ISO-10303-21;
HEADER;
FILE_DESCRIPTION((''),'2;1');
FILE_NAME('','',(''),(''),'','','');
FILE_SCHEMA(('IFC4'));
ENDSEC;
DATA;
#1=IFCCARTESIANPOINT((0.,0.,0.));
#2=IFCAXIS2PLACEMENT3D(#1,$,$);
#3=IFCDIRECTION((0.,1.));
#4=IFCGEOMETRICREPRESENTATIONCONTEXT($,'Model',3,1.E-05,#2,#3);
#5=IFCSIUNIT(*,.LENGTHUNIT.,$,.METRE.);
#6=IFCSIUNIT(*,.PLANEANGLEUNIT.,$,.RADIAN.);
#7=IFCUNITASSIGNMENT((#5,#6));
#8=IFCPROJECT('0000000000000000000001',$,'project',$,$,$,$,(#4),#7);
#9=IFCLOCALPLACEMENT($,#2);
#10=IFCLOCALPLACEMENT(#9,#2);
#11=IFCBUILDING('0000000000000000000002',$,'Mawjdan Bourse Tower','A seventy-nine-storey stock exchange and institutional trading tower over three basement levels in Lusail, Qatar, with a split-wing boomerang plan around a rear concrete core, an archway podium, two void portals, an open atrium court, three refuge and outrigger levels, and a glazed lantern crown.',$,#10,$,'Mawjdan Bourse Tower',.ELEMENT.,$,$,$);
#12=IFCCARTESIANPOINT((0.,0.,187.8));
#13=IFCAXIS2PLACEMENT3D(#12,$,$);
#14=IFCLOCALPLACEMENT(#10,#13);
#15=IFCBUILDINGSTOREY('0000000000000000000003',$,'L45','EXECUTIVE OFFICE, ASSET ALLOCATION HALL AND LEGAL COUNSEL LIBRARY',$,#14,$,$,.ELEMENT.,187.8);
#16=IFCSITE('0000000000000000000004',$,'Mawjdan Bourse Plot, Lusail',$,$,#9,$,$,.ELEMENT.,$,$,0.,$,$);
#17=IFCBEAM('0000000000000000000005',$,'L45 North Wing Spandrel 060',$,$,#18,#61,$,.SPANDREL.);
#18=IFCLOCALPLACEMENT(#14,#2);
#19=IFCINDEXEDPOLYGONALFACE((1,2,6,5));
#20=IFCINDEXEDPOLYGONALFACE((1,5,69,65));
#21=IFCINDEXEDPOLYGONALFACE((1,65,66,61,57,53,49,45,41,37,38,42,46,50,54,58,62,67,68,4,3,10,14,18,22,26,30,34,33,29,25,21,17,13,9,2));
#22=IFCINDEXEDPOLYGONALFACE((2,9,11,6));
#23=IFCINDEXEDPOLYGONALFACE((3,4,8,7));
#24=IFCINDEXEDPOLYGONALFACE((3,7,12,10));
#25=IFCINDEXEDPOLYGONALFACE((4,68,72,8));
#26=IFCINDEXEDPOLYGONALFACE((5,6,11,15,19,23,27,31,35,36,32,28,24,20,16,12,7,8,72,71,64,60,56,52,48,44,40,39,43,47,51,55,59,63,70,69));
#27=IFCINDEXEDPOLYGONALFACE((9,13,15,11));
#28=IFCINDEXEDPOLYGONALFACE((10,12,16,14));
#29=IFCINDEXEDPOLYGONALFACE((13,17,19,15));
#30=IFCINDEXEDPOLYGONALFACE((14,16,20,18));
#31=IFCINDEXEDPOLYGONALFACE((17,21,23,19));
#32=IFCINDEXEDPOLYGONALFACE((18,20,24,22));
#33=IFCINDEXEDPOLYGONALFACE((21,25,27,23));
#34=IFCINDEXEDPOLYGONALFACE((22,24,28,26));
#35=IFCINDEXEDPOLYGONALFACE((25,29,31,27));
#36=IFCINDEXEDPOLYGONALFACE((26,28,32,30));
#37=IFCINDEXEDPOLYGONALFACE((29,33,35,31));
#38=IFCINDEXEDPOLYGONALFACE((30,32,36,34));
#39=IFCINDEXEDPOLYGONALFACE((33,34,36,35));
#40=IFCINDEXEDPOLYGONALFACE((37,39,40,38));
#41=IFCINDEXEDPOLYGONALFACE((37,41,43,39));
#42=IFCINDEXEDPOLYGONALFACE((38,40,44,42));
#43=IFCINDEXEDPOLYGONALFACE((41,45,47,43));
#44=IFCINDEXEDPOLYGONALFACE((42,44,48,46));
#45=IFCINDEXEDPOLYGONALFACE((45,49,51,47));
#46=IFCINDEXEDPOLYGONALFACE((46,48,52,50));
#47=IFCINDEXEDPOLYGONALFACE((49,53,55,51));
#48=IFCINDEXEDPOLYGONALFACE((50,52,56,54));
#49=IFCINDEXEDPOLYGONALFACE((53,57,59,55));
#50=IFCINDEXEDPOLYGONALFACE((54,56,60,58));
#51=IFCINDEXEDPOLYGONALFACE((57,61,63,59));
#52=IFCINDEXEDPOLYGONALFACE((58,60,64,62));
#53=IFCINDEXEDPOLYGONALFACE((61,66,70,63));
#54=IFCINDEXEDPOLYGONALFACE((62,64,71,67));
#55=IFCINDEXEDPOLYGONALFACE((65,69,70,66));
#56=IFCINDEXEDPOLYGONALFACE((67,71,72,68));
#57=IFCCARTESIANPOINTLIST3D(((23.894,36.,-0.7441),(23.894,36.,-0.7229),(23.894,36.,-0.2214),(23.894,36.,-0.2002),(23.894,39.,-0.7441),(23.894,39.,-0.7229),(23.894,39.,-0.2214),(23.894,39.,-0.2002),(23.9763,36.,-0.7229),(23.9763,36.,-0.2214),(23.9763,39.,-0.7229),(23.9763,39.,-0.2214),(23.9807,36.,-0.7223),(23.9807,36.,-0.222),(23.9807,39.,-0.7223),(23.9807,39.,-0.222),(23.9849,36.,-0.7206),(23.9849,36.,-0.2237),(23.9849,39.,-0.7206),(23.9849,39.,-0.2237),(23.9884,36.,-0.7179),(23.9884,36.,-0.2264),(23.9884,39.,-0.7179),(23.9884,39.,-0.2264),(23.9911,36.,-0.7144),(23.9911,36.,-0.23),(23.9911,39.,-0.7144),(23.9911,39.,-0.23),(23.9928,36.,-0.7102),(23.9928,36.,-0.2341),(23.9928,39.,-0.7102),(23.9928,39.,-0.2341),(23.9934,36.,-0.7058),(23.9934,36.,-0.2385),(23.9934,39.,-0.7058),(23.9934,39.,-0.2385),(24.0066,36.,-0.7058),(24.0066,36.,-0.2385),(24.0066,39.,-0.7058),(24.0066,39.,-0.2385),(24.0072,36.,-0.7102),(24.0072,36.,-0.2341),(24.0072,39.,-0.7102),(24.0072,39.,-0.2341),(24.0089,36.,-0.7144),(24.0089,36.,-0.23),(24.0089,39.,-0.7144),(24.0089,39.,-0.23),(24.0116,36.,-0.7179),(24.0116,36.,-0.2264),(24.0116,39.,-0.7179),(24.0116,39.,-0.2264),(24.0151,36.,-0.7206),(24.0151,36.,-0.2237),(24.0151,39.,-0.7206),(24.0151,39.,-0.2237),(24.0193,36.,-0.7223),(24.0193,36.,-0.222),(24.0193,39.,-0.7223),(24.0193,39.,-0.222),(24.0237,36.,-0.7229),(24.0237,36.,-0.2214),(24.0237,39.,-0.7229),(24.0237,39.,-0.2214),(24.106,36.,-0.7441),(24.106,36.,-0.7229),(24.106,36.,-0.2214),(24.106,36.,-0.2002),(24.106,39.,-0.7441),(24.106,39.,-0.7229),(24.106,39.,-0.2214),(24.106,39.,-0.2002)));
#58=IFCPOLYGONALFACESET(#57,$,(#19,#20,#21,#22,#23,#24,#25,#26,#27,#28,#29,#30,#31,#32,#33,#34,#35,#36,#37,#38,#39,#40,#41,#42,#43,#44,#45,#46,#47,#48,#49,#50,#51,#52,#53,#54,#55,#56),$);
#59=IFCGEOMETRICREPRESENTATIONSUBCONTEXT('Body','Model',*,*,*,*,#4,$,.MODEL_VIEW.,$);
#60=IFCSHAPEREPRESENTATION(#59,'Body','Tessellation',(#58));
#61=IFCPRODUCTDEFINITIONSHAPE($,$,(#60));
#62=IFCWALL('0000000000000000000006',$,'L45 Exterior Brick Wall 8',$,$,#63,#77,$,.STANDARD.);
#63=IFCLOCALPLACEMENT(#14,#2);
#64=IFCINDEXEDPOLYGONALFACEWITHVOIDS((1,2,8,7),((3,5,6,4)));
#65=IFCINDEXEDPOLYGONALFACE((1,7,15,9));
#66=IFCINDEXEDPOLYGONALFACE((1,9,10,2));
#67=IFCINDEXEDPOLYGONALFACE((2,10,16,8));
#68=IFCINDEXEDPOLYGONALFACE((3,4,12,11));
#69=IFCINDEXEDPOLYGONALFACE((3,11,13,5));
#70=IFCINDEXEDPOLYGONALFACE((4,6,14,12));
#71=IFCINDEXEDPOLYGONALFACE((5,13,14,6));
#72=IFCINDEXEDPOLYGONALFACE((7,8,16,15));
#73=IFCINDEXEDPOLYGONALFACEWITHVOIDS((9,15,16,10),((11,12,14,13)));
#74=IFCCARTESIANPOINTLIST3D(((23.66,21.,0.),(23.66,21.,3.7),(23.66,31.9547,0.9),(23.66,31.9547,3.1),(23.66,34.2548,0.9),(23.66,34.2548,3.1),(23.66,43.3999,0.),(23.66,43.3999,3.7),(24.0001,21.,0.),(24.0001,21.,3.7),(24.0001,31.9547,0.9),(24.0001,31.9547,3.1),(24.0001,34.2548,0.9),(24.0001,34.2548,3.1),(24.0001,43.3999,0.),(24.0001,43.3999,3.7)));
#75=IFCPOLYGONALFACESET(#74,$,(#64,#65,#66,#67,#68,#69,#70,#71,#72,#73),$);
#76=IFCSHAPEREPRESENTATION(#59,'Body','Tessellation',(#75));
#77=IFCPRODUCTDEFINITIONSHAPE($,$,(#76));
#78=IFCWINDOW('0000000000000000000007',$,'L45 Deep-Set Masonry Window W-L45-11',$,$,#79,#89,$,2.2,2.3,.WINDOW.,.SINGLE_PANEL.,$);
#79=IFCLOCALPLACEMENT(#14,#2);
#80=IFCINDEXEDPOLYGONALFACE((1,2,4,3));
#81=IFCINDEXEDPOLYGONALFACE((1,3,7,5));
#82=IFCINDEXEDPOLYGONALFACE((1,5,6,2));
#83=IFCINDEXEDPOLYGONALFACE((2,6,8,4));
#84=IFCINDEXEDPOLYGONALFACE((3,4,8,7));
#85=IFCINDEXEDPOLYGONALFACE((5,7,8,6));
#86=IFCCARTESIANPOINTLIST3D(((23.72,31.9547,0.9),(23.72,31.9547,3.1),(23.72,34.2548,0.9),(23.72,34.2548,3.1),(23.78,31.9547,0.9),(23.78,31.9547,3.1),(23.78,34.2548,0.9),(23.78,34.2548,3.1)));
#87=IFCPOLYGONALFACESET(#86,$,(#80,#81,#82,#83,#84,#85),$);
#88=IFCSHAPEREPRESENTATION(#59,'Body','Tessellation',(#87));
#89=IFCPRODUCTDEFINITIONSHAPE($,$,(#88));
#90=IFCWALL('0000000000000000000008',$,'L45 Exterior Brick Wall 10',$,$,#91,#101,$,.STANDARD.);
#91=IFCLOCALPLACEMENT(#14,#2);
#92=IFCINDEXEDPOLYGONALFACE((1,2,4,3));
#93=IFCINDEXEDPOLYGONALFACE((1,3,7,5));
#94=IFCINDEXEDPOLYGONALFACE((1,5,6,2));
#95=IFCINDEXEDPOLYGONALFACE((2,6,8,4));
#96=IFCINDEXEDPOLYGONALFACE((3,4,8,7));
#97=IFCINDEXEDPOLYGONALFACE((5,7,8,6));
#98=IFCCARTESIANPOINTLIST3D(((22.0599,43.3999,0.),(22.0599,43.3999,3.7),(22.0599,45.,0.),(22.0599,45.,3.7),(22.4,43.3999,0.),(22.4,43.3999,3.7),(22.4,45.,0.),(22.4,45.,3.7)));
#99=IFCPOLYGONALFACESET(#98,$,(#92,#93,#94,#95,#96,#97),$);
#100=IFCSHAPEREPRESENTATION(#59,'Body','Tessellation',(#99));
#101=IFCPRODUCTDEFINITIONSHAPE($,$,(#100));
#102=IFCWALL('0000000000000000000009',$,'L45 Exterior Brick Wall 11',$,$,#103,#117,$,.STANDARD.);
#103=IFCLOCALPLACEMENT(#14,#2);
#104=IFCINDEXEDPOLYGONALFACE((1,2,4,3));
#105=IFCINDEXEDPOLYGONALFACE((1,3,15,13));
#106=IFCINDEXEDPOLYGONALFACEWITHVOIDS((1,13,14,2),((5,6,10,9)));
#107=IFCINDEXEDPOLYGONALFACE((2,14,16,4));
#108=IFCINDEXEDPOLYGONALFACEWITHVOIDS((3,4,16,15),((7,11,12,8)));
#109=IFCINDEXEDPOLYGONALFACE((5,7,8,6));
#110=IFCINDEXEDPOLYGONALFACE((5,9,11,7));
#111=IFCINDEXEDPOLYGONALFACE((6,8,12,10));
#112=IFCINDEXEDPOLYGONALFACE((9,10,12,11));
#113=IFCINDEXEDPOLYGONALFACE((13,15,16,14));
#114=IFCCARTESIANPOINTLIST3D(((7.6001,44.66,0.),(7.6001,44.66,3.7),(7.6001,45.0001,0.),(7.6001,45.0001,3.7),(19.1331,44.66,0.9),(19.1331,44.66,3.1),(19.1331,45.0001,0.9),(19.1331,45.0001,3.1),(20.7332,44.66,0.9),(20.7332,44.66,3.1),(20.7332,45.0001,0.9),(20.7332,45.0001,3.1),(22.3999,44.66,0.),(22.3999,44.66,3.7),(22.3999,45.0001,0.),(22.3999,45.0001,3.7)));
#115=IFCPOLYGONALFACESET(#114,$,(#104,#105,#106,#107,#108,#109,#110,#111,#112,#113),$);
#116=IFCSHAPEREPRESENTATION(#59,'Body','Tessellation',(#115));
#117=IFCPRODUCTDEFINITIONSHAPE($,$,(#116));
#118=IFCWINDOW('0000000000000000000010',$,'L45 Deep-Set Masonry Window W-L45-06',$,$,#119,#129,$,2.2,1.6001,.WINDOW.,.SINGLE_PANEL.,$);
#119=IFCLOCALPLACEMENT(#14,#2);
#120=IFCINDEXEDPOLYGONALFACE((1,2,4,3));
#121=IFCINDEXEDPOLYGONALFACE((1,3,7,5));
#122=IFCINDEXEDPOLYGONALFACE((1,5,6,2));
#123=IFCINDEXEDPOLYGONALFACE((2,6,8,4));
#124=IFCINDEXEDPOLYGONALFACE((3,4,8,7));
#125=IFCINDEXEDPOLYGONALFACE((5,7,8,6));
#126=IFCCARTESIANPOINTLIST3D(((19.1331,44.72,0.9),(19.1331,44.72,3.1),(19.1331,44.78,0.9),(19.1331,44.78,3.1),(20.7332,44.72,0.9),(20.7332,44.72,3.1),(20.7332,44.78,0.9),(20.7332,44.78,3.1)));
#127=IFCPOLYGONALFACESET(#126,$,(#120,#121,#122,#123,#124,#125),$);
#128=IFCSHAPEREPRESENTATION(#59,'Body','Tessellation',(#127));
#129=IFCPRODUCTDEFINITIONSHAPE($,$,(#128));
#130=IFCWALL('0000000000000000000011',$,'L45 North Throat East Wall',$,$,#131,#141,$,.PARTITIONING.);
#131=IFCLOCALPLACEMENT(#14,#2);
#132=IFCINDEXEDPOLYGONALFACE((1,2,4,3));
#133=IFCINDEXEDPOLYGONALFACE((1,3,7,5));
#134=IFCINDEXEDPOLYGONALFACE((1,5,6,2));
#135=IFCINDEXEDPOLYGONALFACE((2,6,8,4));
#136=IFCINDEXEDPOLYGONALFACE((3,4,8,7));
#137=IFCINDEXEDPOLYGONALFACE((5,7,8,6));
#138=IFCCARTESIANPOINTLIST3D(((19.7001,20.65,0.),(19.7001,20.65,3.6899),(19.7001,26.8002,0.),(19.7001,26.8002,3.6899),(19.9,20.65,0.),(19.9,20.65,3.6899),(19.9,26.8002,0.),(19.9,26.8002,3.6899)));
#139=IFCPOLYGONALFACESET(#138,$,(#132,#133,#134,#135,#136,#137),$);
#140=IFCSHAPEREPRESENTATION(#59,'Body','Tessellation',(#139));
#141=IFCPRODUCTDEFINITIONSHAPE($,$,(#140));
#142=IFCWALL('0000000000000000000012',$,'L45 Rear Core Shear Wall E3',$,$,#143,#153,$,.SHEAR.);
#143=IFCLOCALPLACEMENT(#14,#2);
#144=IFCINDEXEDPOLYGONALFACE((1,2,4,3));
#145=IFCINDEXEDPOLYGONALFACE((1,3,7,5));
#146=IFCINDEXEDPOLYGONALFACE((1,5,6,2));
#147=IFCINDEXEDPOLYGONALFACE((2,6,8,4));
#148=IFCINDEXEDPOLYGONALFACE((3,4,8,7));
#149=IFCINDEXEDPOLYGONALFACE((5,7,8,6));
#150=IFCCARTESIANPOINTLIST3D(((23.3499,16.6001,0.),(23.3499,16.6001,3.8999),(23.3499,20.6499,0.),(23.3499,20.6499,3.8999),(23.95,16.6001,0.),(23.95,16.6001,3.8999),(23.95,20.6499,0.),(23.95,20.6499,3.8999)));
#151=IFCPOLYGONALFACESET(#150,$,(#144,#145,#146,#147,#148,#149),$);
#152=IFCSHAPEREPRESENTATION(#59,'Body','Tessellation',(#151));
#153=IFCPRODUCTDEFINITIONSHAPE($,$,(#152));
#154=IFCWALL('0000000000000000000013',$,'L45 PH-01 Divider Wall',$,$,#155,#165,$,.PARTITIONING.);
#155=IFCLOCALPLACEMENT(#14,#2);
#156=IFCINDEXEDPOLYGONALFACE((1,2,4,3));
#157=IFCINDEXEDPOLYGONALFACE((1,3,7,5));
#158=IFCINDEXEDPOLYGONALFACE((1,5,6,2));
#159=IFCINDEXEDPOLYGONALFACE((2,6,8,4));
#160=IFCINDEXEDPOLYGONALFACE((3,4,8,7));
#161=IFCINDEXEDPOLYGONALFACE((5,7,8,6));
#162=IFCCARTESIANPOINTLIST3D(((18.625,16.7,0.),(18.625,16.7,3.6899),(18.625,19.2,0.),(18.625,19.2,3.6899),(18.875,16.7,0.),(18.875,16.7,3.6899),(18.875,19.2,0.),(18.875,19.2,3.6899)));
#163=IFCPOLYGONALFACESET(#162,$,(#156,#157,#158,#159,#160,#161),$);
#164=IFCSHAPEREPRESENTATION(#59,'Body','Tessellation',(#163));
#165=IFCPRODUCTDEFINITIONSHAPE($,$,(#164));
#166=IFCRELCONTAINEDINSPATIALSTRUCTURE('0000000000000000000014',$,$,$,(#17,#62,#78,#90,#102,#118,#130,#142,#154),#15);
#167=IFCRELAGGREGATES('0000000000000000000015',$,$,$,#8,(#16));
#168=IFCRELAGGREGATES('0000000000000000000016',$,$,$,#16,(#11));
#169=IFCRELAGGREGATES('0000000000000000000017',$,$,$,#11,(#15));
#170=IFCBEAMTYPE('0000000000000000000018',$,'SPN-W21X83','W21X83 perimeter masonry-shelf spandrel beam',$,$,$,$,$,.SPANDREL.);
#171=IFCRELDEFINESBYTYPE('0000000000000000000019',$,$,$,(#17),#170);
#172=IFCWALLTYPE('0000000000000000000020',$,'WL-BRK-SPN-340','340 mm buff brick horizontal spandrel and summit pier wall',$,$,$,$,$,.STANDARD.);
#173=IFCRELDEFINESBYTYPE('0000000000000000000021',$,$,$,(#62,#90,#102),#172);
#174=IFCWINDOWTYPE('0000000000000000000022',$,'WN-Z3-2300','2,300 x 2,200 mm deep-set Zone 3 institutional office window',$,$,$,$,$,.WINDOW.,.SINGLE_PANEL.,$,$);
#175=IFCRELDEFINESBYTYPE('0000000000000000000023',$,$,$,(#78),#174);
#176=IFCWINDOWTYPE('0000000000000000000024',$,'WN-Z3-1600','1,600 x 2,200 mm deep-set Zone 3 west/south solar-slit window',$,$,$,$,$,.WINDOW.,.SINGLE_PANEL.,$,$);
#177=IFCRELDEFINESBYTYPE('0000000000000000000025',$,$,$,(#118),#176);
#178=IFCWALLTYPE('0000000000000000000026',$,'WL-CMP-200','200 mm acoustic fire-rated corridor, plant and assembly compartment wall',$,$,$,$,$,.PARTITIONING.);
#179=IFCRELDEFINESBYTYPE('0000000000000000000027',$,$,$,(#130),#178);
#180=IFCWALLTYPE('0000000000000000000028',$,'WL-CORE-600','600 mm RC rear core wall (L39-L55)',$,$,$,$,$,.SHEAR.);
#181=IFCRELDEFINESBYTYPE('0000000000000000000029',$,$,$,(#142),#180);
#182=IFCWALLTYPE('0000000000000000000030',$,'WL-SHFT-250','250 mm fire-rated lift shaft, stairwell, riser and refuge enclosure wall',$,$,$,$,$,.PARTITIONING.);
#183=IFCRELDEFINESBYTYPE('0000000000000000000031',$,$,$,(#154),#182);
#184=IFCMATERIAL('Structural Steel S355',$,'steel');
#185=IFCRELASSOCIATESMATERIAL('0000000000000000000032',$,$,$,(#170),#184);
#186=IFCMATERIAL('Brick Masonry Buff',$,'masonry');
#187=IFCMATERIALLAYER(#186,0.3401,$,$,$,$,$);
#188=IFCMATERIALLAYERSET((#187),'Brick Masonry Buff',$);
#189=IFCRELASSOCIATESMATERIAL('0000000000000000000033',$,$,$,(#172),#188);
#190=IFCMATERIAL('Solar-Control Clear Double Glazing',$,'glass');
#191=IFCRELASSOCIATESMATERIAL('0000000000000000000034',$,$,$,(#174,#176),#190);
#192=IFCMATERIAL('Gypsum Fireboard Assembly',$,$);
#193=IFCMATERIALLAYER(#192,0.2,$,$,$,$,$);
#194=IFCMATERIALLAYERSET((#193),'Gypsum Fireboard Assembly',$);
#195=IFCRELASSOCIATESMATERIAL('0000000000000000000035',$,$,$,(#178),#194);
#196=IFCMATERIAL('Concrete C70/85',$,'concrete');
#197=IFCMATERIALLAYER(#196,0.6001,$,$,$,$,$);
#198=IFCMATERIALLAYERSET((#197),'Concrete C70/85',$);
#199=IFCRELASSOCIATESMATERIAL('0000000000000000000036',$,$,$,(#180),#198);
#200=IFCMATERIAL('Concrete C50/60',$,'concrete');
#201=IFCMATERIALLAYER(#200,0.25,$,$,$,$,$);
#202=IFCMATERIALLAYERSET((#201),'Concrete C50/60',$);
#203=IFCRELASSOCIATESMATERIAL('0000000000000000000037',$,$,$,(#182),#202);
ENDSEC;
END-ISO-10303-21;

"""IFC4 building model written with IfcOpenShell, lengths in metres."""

from ifc_helpers import new_model, si_unit, direction, frame, frame_2d, origin, origin_2d, place, context, subcontext, project, spatial, rectangle, i_section, extrude, material, layer, layer_set, material_profile, profile_set, type_object, element, fill, save


model = new_model("IFC4")

# Units and contexts
model_context = context("Model", 3, precision=1e-05, world=origin(), true_north=direction((0.0, 1.0)))
body_context = subcontext(model_context, "Body", "Model", "MODEL_VIEW")
ifc_project = project(units=[si_unit("LENGTHUNIT", "METRE"), si_unit("PLANEANGLEUNIT", "RADIAN")], contexts=[model_context])

# Site, building, storey
site_placement = place(None, origin())
site = spatial("IfcSite", under=ifc_project, at=site_placement, Name="Mawjdan Bourse Plot, Lusail", CompositionType="ELEMENT", RefElevation=0.0)
building_placement = place(site_placement, origin())
building = spatial("IfcBuilding", under=site, at=building_placement, Name="Mawjdan Bourse Tower", Description="A seventy-nine-storey stock exchange and institutional trading tower over three basement levels in Lusail, Qatar, with a split-wing boomerang plan around a rear concrete core, an archway podium, two void portals, an open atrium court, three refuge and outrigger levels, and a glazed lantern crown.", LongName="Mawjdan Bourse Tower", CompositionType="ELEMENT")
storey_placement = place(building_placement, frame((0.0, 0.0, 187.8)))
storey = spatial("IfcBuildingStorey", under=building, at=storey_placement, Name="L45", Description="EXECUTIVE OFFICE, ASSET ALLOCATION HALL AND LEGAL COUNSEL LIBRARY", CompositionType="ELEMENT", Elevation=187.8)

# Shared definitions
ifc_material_1 = material(Name="Concrete C70/85", Category="concrete")

# Beam
ifc_material_2 = material(Name="Structural Steel S355", Category="steel")
ifc_material_profile_1 = material_profile(ifc_material_2, i_section(OverallWidth=0.2119, OverallDepth=0.5439, WebThickness=0.0132, FlangeThickness=0.0212, FilletRadius=0.0171, at=origin_2d()), Name="W21X83")
ifc_profile_set_1 = profile_set([ifc_material_profile_1], Name="Structural Steel S355")
beam_type_1 = type_object("IfcBeamType", Name="SPN-W21X83", Description="W21X83 perimeter masonry-shelf spandrel beam", PredefinedType="SPANDREL", material=ifc_profile_set_1)
beam_1_placement = place(storey_placement, frame((24.0, 36.0, -0.4722), z_axis=(0.0, 1.0, 0.0), x_axis=(-1.0, 0.0, 0.0)))
element("IfcBeam", 1, at=beam_1_placement, inside=storey, type_object=beam_type_1, Name="L45 North Wing Spandrel 060", PredefinedType="SPANDREL", context=body_context, shape_type="SweptSolid", body=[
    extrude(i_section(OverallWidth=0.2119, OverallDepth=0.5439, WebThickness=0.0132, FlangeThickness=0.0212, FilletRadius=0.0171, at=origin_2d()), origin(), (0.0, 0.0, 1.0), 3.0),
])

# Wall, opening, window
ifc_material_3 = material(Name="Brick Masonry Buff", Category="masonry")
ifc_layer_1 = layer(ifc_material_3, 0.3401)
ifc_layer_set_1 = layer_set([ifc_layer_1], Name="Brick Masonry Buff")
wall_type_1 = type_object("IfcWallType", Name="WL-BRK-SPN-340", Description="340 mm buff brick horizontal spandrel and summit pier wall", PredefinedType="STANDARD", material=ifc_layer_set_1)
wall_1_placement = place(storey_placement, frame((23.8301, 21.0, 0.0), z_axis=(0.0, 0.0, 1.0), x_axis=(0.0, 1.0, 0.0)))
wall_1 = element("IfcWall", 2, at=wall_1_placement, inside=storey, type_object=wall_type_1, Name="L45 Exterior Brick Wall 8", PredefinedType="STANDARD", context=body_context, shape_type="SweptSolid", body=[
    extrude(rectangle(XDim=22.3999, YDim=0.3401, at=frame_2d((11.2, 0.0))), origin(), (0.0, 0.0, 1.0), 3.7),
])
opening_1_placement = place(wall_1_placement, frame((10.9548, 0.0, 0.8999)))
opening_1 = element("IfcOpeningElement", 3, at=opening_1_placement, cuts=wall_1, PredefinedType="OPENING", context=body_context, shape_type="SweptSolid", body=[
    extrude(rectangle(XDim=2.3, YDim=2.2, at=frame_2d((1.1499, 1.1001))), frame((0.0, 0.1802, 0.0), z_axis=(0.0, -1.0, 0.0), x_axis=(1.0, 0.0, 0.0)), (0.0, 0.0, 1.0), 0.3601),
])
ifc_material_4 = material(Name="Solar-Control Clear Double Glazing", Category="glass")
window_type_1 = type_object("IfcWindowType", Name="WN-Z3-2300", Description="2,300 x 2,200 mm deep-set Zone 3 institutional office window", PartitioningType="SINGLE_PANEL", PredefinedType="WINDOW", material=ifc_material_4)
window_1_placement = place(opening_1_placement, origin())
window_1 = element("IfcWindow", 4, at=window_1_placement, inside=storey, type_object=window_type_1, Name="L45 Deep-Set Masonry Window W-L45-11", OverallHeight=2.2, OverallWidth=2.3, PartitioningType="SINGLE_PANEL", PredefinedType="WINDOW", context=body_context, shape_type="SweptSolid", body=[
    extrude(rectangle(XDim=2.3, YDim=2.2, at=frame_2d((1.1499, 1.1001))), frame((0.0, 0.1101, 0.0), z_axis=(0.0, -1.0, 0.0), x_axis=(1.0, 0.0, 0.0)), (0.0, 0.0, 1.0), 0.0601),
])
fill(opening_1, window_1)

# Wall
wall_2_placement = place(storey_placement, frame((22.23, 43.3999, 0.0), z_axis=(0.0, 0.0, 1.0), x_axis=(0.0, 1.0, 0.0)))
element("IfcWall", 5, at=wall_2_placement, inside=storey, type_object=wall_type_1, Name="L45 Exterior Brick Wall 10", PredefinedType="STANDARD", context=body_context, shape_type="SweptSolid", body=[
    extrude(rectangle(XDim=1.6001, YDim=0.3401, at=frame_2d((0.8, 0.0))), origin(), (0.0, 0.0, 1.0), 3.7),
])

# Wall, opening, window
wall_3_placement = place(storey_placement, frame((22.3999, 44.8301, 0.0), z_axis=(0.0, 0.0, 1.0), x_axis=(-1.0, 0.0, 0.0)))
wall_3 = element("IfcWall", 6, at=wall_3_placement, inside=storey, type_object=wall_type_1, Name="L45 Exterior Brick Wall 11", PredefinedType="STANDARD", context=body_context, shape_type="SweptSolid", body=[
    extrude(rectangle(XDim=14.7998, YDim=0.3401, at=frame_2d((7.3999, 0.0))), origin(), (0.0, 0.0, 1.0), 3.7),
])
opening_2_placement = place(wall_3_placement, frame((1.6667, 0.0, 0.8999)))
opening_2 = element("IfcOpeningElement", 7, at=opening_2_placement, cuts=wall_3, PredefinedType="OPENING", context=body_context, shape_type="SweptSolid", body=[
    extrude(rectangle(XDim=1.6001, YDim=2.2, at=frame_2d((0.8, 1.1001))), frame((0.0, 0.1802, 0.0), z_axis=(0.0, -1.0, 0.0), x_axis=(1.0, 0.0, 0.0)), (0.0, 0.0, 1.0), 0.3601),
])
window_type_2 = type_object("IfcWindowType", Name="WN-Z3-1600", Description="1,600 x 2,200 mm deep-set Zone 3 west/south solar-slit window", PartitioningType="SINGLE_PANEL", PredefinedType="WINDOW", material=ifc_material_4)
window_2_placement = place(opening_2_placement, origin())
window_2 = element("IfcWindow", 8, at=window_2_placement, inside=storey, type_object=window_type_2, Name="L45 Deep-Set Masonry Window W-L45-06", OverallHeight=2.2, OverallWidth=1.6001, PartitioningType="SINGLE_PANEL", PredefinedType="WINDOW", context=body_context, shape_type="SweptSolid", body=[
    extrude(rectangle(XDim=1.6001, YDim=2.2, at=frame_2d((0.8, 1.1001))), frame((0.0, 0.1101, 0.0), z_axis=(0.0, -1.0, 0.0), x_axis=(1.0, 0.0, 0.0)), (0.0, 0.0, 1.0), 0.0601),
])
fill(opening_2, window_2)

# Shared definitions
ifc_material_5 = material(Name="Gypsum Fireboard Assembly")
ifc_layer_2 = layer(ifc_material_5, 0.2)
ifc_layer_set_2 = layer_set([ifc_layer_2], Name="Gypsum Fireboard Assembly")
wall_type_2 = type_object("IfcWallType", Name="WL-CMP-200", Description="200 mm acoustic fire-rated corridor, plant and assembly compartment wall", PredefinedType="PARTITIONING", material=ifc_layer_set_2)

# Walls
wall_4_placement = place(storey_placement, frame((19.8, 20.6499, 0.0), z_axis=(0.0, 0.0, 1.0), x_axis=(0.0, 1.0, 0.0)))
element("IfcWall", 9, at=wall_4_placement, inside=storey, type_object=wall_type_2, Name="L45 North Throat East Wall", PredefinedType="PARTITIONING", context=body_context, shape_type="SweptSolid", body=[
    extrude(rectangle(XDim=6.1501, YDim=0.2, at=frame_2d((3.0752, 0.0))), origin(), (0.0, 0.0, 1.0), 3.6899),
])
ifc_layer_3 = layer(ifc_material_1, 0.6001)
ifc_layer_set_3 = layer_set([ifc_layer_3], Name="Concrete C70/85")
wall_type_3 = type_object("IfcWallType", Name="WL-CORE-600", Description="600 mm RC rear core wall (L39-L55)", PredefinedType="SHEAR", material=ifc_layer_set_3)
wall_5_placement = place(storey_placement, frame((23.6499, 16.6001, 0.0), z_axis=(0.0, 0.0, 1.0), x_axis=(0.0, 1.0, 0.0)))
element("IfcWall", 10, at=wall_5_placement, inside=storey, type_object=wall_type_3, Name="L45 Rear Core Shear Wall E3", PredefinedType="SHEAR", context=body_context, shape_type="SweptSolid", body=[
    extrude(rectangle(XDim=4.0498, YDim=0.6001, at=frame_2d((2.0249, 0.0))), origin(), (0.0, 0.0, 1.0), 3.8999),
])
ifc_material_6 = material(Name="Concrete C50/60", Category="concrete")
ifc_layer_4 = layer(ifc_material_6, 0.25)
ifc_layer_set_4 = layer_set([ifc_layer_4], Name="Concrete C50/60")
wall_type_4 = type_object("IfcWallType", Name="WL-SHFT-250", Description="250 mm fire-rated lift shaft, stairwell, riser and refuge enclosure wall", PredefinedType="PARTITIONING", material=ifc_layer_set_4)
wall_6_placement = place(storey_placement, frame((18.75, 16.7, 0.0), z_axis=(0.0, 0.0, 1.0), x_axis=(0.0, 1.0, 0.0)))
element("IfcWall", 11, at=wall_6_placement, inside=storey, type_object=wall_type_4, Name="L45 PH-01 Divider Wall", PredefinedType="PARTITIONING", context=body_context, shape_type="SweptSolid", body=[
    extrude(rectangle(XDim=2.5, YDim=0.25, at=frame_2d((1.25, 0.0))), origin(), (0.0, 0.0, 1.0), 3.6899),
])

save(model, "model.ifc")
